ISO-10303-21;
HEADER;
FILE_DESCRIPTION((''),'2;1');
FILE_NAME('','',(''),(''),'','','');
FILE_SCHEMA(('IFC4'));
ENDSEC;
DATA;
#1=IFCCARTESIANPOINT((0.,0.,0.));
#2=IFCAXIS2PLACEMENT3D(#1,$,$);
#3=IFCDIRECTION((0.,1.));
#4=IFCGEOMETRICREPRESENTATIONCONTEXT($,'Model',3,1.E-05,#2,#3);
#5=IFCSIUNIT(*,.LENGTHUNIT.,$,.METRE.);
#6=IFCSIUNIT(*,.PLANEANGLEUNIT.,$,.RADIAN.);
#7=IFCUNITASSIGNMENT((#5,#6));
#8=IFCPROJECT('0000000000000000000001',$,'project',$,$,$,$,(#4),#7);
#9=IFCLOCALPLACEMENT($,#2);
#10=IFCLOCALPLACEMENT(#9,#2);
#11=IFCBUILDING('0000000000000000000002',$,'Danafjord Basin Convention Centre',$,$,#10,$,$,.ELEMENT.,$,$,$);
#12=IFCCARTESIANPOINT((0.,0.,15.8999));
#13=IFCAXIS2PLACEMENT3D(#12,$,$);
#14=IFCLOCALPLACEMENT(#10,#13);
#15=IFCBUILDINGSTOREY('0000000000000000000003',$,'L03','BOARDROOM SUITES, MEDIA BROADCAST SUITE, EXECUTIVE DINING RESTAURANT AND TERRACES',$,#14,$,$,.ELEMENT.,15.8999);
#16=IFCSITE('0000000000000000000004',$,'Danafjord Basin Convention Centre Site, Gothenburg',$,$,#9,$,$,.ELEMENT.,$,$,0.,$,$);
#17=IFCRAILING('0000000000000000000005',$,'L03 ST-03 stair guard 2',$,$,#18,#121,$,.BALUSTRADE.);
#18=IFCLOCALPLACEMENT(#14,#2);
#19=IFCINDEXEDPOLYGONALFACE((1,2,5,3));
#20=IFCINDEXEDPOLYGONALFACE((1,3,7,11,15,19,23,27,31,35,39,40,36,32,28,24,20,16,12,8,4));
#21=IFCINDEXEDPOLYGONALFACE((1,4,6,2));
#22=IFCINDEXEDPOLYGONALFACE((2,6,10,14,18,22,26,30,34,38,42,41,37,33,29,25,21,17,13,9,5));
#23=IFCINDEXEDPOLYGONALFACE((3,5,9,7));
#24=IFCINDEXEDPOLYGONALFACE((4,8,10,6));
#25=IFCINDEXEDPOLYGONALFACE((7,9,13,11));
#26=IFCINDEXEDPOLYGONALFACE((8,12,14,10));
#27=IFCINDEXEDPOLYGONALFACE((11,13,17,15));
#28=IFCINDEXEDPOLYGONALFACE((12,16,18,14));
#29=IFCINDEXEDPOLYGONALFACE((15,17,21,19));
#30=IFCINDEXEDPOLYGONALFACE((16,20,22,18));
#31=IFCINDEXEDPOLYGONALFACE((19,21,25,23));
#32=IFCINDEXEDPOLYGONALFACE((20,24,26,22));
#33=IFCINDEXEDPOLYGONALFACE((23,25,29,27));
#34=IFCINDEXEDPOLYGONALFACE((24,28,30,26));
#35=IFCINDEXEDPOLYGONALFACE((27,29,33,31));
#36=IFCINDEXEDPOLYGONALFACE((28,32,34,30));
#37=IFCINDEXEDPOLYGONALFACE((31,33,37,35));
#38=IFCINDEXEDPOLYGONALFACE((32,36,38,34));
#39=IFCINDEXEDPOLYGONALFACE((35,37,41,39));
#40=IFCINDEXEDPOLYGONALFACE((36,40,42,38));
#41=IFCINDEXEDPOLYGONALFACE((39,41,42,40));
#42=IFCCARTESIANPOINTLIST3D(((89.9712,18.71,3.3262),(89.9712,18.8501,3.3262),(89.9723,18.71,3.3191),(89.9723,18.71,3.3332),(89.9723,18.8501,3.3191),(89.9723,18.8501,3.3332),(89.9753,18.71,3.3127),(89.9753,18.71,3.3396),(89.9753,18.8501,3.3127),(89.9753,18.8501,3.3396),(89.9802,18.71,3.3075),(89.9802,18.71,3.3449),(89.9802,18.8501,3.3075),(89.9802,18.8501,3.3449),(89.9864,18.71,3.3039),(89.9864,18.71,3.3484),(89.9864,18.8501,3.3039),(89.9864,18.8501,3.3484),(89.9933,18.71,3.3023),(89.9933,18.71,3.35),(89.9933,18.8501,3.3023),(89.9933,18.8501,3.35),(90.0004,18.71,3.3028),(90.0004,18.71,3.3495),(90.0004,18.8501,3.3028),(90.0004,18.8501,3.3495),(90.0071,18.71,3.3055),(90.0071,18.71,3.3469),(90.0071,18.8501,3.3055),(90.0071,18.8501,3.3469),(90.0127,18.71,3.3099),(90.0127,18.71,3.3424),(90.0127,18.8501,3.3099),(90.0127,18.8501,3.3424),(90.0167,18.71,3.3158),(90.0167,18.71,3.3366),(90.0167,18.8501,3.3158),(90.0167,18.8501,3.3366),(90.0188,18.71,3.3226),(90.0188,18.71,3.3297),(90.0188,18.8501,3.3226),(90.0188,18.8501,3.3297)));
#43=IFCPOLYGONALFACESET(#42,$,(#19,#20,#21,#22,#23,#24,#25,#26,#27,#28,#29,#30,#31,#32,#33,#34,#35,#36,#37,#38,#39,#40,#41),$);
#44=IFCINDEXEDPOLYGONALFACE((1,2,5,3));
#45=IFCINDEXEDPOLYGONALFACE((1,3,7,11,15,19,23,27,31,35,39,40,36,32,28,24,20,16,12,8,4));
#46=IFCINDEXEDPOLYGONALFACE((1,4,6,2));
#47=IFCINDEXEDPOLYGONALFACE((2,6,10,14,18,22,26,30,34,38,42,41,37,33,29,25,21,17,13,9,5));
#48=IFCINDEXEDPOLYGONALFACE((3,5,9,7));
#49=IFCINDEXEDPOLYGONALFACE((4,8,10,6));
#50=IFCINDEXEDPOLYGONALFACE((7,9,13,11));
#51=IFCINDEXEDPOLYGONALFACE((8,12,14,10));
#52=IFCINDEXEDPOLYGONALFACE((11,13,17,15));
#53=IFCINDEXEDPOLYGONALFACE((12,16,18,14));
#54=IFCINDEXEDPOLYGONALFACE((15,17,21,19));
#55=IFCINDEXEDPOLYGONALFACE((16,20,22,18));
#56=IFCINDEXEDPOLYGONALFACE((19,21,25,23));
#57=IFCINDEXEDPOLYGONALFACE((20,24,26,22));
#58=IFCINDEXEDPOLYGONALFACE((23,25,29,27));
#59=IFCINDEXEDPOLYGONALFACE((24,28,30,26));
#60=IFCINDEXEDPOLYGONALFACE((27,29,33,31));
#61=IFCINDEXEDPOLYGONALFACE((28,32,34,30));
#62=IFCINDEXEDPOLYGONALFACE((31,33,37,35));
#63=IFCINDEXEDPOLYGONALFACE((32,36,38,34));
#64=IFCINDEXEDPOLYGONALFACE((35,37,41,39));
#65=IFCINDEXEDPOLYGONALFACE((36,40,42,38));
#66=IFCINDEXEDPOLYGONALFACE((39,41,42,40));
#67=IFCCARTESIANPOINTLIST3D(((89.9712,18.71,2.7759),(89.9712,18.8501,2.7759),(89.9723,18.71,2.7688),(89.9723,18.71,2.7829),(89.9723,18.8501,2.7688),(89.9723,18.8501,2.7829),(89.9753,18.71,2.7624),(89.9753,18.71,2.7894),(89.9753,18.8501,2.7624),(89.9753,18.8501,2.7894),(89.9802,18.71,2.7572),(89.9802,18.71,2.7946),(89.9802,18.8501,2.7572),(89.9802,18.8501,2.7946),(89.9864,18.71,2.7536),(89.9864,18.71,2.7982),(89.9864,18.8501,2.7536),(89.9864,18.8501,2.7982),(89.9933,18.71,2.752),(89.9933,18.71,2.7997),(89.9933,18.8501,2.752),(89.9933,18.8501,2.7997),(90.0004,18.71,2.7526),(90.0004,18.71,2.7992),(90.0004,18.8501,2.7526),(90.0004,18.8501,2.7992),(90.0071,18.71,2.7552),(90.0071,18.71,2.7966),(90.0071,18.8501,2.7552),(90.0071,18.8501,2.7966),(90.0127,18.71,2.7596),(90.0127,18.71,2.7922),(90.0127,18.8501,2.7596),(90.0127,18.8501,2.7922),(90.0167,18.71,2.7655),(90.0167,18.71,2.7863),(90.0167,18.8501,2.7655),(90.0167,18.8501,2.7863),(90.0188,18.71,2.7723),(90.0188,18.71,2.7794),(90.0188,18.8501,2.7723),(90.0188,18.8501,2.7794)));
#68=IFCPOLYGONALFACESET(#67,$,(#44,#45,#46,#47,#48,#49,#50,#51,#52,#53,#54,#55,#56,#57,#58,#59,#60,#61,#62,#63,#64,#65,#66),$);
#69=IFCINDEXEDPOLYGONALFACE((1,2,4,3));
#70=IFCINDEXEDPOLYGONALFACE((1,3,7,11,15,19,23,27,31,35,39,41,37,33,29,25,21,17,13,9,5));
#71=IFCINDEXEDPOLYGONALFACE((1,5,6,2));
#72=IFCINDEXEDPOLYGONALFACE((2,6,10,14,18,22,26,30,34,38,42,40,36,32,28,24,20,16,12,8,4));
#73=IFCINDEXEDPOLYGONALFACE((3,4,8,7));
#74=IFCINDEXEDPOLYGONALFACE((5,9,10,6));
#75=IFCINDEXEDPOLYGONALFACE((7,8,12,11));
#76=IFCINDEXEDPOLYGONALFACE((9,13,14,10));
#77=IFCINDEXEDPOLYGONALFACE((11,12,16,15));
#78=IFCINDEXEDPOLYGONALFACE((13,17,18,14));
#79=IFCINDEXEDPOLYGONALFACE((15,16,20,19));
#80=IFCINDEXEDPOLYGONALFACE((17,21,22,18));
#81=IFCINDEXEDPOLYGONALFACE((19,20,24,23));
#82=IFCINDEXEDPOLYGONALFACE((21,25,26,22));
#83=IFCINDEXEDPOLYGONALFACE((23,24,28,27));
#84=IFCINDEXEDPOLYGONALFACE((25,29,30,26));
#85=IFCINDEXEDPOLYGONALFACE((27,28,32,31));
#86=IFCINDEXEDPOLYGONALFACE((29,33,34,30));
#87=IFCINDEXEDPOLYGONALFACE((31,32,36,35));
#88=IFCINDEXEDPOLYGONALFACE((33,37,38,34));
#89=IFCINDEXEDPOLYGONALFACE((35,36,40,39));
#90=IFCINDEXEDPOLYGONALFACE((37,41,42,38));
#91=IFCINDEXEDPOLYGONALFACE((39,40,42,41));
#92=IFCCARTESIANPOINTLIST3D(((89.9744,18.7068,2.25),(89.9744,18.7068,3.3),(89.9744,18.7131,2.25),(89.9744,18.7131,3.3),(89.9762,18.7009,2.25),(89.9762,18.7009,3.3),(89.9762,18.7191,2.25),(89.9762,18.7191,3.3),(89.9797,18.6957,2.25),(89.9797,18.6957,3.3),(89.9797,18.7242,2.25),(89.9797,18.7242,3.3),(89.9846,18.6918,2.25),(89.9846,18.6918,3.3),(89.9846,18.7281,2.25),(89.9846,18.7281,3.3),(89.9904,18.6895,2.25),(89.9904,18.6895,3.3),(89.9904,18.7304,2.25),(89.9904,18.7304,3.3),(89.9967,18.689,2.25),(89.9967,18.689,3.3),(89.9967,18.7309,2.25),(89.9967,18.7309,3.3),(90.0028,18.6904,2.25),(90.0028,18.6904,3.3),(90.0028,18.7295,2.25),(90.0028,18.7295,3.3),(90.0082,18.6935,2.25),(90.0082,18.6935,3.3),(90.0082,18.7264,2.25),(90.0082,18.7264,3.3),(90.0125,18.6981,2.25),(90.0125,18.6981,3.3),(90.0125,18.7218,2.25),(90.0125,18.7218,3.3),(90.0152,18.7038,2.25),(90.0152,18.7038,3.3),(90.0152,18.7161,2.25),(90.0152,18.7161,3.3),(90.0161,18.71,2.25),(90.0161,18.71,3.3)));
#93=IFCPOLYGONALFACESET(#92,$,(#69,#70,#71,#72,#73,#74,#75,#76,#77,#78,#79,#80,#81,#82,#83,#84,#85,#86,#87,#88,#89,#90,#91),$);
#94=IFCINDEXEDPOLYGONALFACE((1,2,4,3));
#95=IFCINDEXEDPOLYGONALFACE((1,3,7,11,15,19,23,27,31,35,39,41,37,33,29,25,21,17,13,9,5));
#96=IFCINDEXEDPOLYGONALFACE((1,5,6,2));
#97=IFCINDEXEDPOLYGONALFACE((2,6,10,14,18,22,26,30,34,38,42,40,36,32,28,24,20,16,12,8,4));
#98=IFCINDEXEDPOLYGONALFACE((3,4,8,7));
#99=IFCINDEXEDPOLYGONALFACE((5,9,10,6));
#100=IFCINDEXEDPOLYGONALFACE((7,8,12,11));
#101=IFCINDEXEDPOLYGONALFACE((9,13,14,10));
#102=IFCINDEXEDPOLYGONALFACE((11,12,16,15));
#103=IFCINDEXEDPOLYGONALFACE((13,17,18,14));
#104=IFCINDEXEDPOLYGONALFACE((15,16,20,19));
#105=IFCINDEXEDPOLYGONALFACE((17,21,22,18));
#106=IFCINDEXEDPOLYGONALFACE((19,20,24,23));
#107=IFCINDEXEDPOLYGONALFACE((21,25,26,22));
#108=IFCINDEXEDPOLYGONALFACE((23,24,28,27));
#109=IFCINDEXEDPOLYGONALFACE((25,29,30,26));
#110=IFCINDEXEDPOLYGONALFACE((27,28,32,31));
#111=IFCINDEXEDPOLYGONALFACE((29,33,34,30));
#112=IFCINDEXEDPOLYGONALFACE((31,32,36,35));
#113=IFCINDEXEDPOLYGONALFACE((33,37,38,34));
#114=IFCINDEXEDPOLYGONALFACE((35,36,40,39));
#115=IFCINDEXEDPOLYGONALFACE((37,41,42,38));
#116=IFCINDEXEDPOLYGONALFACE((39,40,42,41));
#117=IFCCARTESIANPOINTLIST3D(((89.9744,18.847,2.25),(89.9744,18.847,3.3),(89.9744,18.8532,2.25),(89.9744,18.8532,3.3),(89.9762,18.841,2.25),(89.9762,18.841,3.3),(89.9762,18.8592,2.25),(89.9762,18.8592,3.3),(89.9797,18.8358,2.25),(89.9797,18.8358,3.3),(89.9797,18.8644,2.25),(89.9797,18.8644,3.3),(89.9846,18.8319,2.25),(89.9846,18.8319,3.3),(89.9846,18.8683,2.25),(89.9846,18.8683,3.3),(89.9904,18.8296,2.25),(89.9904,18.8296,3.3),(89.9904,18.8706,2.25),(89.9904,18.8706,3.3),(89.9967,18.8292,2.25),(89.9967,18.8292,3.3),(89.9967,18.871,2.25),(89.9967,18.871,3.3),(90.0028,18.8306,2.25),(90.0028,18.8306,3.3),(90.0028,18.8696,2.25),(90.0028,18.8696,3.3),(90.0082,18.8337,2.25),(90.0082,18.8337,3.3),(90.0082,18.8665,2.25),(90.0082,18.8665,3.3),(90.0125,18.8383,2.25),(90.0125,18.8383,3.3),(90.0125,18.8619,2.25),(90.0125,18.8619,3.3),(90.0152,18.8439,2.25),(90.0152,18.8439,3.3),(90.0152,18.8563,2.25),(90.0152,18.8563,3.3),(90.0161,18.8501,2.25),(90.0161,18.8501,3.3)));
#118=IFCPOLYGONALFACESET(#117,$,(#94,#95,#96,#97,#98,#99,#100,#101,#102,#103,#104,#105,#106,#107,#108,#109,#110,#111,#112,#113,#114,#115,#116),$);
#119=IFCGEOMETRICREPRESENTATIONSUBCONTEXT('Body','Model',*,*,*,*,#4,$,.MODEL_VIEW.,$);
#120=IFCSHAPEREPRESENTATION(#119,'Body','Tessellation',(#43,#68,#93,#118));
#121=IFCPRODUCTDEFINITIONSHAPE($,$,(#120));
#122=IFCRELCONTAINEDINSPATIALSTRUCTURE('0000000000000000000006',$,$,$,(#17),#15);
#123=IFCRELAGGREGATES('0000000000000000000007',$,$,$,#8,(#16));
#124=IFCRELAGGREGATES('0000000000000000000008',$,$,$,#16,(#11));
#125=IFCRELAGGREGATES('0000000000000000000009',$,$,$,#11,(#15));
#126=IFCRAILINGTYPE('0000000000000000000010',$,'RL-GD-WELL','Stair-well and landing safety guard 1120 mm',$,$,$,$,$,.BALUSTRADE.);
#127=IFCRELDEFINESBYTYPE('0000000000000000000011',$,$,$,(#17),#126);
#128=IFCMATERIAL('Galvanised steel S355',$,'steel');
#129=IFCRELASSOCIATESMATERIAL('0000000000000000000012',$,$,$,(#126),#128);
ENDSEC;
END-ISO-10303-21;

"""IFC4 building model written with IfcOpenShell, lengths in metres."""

from ifc_helpers import new_model, si_unit, direction, frame, origin, origin_2d, place, context, subcontext, project, spatial, circle, extrude, material, type_object, element, save


model = new_model("IFC4")

# Units and contexts
model_context = context("Model", 3, precision=1e-05, world=origin(), true_north=direction((0.0, 1.0)))
body_context = subcontext(model_context, "Body", "Model", "MODEL_VIEW")
ifc_project = project(units=[si_unit("LENGTHUNIT", "METRE"), si_unit("PLANEANGLEUNIT", "RADIAN")], contexts=[model_context])

# Site, building, storey
site_placement = place(None, origin())
site = spatial("IfcSite", under=ifc_project, at=site_placement, Name="Danafjord Basin Convention Centre Site, Gothenburg", CompositionType="ELEMENT", RefElevation=0.0)
building_placement = place(site_placement, origin())
building = spatial("IfcBuilding", under=site, at=building_placement, Name="Danafjord Basin Convention Centre", CompositionType="ELEMENT")
storey_placement = place(building_placement, frame((0.0, 0.0, 15.8999)))
storey = spatial("IfcBuildingStorey", under=building, at=storey_placement, Name="L03", Description="BOARDROOM SUITES, MEDIA BROADCAST SUITE, EXECUTIVE DINING RESTAURANT AND TERRACES", CompositionType="ELEMENT", Elevation=15.8999)

# Railing
ifc_material_1 = material(Name="Galvanised steel S355", Category="steel")
railing_type_1 = type_object("IfcRailingType", Name="RL-GD-WELL", Description="Stair-well and landing safety guard 1120 mm", PredefinedType="BALUSTRADE", material=ifc_material_1)
railing_1_placement = place(storey_placement, frame((89.9951, 18.71, 2.25)))
element("IfcRailing", 1, at=railing_1_placement, inside=storey, type_object=railing_type_1, Name="L03 ST-03 stair guard 2", PredefinedType="BALUSTRADE", context=body_context, shape_type="SweptSolid", body=[
    extrude(circle(Radius=0.0239, at=origin_2d()), frame((0.0, 0.0, 1.0762), z_axis=(0.0, 1.0, 0.0), x_axis=(-1.0, 0.0, 0.0)), (0.0, 0.0, 1.0), 0.1401),
    extrude(circle(Radius=0.0239, at=origin_2d()), frame((0.0, 0.0, 0.5259), z_axis=(0.0, 1.0, 0.0), x_axis=(-1.0, 0.0, 0.0)), (0.0, 0.0, 1.0), 0.1401),
    extrude(circle(Radius=0.021, at=origin_2d()), origin(), (0.0, 0.0, 1.0), 1.05),
    extrude(circle(Radius=0.021, at=origin_2d()), frame((0.0, 0.1401, 0.0)), (0.0, 0.0, 1.0), 1.05),
])

save(model, "model.ifc")
